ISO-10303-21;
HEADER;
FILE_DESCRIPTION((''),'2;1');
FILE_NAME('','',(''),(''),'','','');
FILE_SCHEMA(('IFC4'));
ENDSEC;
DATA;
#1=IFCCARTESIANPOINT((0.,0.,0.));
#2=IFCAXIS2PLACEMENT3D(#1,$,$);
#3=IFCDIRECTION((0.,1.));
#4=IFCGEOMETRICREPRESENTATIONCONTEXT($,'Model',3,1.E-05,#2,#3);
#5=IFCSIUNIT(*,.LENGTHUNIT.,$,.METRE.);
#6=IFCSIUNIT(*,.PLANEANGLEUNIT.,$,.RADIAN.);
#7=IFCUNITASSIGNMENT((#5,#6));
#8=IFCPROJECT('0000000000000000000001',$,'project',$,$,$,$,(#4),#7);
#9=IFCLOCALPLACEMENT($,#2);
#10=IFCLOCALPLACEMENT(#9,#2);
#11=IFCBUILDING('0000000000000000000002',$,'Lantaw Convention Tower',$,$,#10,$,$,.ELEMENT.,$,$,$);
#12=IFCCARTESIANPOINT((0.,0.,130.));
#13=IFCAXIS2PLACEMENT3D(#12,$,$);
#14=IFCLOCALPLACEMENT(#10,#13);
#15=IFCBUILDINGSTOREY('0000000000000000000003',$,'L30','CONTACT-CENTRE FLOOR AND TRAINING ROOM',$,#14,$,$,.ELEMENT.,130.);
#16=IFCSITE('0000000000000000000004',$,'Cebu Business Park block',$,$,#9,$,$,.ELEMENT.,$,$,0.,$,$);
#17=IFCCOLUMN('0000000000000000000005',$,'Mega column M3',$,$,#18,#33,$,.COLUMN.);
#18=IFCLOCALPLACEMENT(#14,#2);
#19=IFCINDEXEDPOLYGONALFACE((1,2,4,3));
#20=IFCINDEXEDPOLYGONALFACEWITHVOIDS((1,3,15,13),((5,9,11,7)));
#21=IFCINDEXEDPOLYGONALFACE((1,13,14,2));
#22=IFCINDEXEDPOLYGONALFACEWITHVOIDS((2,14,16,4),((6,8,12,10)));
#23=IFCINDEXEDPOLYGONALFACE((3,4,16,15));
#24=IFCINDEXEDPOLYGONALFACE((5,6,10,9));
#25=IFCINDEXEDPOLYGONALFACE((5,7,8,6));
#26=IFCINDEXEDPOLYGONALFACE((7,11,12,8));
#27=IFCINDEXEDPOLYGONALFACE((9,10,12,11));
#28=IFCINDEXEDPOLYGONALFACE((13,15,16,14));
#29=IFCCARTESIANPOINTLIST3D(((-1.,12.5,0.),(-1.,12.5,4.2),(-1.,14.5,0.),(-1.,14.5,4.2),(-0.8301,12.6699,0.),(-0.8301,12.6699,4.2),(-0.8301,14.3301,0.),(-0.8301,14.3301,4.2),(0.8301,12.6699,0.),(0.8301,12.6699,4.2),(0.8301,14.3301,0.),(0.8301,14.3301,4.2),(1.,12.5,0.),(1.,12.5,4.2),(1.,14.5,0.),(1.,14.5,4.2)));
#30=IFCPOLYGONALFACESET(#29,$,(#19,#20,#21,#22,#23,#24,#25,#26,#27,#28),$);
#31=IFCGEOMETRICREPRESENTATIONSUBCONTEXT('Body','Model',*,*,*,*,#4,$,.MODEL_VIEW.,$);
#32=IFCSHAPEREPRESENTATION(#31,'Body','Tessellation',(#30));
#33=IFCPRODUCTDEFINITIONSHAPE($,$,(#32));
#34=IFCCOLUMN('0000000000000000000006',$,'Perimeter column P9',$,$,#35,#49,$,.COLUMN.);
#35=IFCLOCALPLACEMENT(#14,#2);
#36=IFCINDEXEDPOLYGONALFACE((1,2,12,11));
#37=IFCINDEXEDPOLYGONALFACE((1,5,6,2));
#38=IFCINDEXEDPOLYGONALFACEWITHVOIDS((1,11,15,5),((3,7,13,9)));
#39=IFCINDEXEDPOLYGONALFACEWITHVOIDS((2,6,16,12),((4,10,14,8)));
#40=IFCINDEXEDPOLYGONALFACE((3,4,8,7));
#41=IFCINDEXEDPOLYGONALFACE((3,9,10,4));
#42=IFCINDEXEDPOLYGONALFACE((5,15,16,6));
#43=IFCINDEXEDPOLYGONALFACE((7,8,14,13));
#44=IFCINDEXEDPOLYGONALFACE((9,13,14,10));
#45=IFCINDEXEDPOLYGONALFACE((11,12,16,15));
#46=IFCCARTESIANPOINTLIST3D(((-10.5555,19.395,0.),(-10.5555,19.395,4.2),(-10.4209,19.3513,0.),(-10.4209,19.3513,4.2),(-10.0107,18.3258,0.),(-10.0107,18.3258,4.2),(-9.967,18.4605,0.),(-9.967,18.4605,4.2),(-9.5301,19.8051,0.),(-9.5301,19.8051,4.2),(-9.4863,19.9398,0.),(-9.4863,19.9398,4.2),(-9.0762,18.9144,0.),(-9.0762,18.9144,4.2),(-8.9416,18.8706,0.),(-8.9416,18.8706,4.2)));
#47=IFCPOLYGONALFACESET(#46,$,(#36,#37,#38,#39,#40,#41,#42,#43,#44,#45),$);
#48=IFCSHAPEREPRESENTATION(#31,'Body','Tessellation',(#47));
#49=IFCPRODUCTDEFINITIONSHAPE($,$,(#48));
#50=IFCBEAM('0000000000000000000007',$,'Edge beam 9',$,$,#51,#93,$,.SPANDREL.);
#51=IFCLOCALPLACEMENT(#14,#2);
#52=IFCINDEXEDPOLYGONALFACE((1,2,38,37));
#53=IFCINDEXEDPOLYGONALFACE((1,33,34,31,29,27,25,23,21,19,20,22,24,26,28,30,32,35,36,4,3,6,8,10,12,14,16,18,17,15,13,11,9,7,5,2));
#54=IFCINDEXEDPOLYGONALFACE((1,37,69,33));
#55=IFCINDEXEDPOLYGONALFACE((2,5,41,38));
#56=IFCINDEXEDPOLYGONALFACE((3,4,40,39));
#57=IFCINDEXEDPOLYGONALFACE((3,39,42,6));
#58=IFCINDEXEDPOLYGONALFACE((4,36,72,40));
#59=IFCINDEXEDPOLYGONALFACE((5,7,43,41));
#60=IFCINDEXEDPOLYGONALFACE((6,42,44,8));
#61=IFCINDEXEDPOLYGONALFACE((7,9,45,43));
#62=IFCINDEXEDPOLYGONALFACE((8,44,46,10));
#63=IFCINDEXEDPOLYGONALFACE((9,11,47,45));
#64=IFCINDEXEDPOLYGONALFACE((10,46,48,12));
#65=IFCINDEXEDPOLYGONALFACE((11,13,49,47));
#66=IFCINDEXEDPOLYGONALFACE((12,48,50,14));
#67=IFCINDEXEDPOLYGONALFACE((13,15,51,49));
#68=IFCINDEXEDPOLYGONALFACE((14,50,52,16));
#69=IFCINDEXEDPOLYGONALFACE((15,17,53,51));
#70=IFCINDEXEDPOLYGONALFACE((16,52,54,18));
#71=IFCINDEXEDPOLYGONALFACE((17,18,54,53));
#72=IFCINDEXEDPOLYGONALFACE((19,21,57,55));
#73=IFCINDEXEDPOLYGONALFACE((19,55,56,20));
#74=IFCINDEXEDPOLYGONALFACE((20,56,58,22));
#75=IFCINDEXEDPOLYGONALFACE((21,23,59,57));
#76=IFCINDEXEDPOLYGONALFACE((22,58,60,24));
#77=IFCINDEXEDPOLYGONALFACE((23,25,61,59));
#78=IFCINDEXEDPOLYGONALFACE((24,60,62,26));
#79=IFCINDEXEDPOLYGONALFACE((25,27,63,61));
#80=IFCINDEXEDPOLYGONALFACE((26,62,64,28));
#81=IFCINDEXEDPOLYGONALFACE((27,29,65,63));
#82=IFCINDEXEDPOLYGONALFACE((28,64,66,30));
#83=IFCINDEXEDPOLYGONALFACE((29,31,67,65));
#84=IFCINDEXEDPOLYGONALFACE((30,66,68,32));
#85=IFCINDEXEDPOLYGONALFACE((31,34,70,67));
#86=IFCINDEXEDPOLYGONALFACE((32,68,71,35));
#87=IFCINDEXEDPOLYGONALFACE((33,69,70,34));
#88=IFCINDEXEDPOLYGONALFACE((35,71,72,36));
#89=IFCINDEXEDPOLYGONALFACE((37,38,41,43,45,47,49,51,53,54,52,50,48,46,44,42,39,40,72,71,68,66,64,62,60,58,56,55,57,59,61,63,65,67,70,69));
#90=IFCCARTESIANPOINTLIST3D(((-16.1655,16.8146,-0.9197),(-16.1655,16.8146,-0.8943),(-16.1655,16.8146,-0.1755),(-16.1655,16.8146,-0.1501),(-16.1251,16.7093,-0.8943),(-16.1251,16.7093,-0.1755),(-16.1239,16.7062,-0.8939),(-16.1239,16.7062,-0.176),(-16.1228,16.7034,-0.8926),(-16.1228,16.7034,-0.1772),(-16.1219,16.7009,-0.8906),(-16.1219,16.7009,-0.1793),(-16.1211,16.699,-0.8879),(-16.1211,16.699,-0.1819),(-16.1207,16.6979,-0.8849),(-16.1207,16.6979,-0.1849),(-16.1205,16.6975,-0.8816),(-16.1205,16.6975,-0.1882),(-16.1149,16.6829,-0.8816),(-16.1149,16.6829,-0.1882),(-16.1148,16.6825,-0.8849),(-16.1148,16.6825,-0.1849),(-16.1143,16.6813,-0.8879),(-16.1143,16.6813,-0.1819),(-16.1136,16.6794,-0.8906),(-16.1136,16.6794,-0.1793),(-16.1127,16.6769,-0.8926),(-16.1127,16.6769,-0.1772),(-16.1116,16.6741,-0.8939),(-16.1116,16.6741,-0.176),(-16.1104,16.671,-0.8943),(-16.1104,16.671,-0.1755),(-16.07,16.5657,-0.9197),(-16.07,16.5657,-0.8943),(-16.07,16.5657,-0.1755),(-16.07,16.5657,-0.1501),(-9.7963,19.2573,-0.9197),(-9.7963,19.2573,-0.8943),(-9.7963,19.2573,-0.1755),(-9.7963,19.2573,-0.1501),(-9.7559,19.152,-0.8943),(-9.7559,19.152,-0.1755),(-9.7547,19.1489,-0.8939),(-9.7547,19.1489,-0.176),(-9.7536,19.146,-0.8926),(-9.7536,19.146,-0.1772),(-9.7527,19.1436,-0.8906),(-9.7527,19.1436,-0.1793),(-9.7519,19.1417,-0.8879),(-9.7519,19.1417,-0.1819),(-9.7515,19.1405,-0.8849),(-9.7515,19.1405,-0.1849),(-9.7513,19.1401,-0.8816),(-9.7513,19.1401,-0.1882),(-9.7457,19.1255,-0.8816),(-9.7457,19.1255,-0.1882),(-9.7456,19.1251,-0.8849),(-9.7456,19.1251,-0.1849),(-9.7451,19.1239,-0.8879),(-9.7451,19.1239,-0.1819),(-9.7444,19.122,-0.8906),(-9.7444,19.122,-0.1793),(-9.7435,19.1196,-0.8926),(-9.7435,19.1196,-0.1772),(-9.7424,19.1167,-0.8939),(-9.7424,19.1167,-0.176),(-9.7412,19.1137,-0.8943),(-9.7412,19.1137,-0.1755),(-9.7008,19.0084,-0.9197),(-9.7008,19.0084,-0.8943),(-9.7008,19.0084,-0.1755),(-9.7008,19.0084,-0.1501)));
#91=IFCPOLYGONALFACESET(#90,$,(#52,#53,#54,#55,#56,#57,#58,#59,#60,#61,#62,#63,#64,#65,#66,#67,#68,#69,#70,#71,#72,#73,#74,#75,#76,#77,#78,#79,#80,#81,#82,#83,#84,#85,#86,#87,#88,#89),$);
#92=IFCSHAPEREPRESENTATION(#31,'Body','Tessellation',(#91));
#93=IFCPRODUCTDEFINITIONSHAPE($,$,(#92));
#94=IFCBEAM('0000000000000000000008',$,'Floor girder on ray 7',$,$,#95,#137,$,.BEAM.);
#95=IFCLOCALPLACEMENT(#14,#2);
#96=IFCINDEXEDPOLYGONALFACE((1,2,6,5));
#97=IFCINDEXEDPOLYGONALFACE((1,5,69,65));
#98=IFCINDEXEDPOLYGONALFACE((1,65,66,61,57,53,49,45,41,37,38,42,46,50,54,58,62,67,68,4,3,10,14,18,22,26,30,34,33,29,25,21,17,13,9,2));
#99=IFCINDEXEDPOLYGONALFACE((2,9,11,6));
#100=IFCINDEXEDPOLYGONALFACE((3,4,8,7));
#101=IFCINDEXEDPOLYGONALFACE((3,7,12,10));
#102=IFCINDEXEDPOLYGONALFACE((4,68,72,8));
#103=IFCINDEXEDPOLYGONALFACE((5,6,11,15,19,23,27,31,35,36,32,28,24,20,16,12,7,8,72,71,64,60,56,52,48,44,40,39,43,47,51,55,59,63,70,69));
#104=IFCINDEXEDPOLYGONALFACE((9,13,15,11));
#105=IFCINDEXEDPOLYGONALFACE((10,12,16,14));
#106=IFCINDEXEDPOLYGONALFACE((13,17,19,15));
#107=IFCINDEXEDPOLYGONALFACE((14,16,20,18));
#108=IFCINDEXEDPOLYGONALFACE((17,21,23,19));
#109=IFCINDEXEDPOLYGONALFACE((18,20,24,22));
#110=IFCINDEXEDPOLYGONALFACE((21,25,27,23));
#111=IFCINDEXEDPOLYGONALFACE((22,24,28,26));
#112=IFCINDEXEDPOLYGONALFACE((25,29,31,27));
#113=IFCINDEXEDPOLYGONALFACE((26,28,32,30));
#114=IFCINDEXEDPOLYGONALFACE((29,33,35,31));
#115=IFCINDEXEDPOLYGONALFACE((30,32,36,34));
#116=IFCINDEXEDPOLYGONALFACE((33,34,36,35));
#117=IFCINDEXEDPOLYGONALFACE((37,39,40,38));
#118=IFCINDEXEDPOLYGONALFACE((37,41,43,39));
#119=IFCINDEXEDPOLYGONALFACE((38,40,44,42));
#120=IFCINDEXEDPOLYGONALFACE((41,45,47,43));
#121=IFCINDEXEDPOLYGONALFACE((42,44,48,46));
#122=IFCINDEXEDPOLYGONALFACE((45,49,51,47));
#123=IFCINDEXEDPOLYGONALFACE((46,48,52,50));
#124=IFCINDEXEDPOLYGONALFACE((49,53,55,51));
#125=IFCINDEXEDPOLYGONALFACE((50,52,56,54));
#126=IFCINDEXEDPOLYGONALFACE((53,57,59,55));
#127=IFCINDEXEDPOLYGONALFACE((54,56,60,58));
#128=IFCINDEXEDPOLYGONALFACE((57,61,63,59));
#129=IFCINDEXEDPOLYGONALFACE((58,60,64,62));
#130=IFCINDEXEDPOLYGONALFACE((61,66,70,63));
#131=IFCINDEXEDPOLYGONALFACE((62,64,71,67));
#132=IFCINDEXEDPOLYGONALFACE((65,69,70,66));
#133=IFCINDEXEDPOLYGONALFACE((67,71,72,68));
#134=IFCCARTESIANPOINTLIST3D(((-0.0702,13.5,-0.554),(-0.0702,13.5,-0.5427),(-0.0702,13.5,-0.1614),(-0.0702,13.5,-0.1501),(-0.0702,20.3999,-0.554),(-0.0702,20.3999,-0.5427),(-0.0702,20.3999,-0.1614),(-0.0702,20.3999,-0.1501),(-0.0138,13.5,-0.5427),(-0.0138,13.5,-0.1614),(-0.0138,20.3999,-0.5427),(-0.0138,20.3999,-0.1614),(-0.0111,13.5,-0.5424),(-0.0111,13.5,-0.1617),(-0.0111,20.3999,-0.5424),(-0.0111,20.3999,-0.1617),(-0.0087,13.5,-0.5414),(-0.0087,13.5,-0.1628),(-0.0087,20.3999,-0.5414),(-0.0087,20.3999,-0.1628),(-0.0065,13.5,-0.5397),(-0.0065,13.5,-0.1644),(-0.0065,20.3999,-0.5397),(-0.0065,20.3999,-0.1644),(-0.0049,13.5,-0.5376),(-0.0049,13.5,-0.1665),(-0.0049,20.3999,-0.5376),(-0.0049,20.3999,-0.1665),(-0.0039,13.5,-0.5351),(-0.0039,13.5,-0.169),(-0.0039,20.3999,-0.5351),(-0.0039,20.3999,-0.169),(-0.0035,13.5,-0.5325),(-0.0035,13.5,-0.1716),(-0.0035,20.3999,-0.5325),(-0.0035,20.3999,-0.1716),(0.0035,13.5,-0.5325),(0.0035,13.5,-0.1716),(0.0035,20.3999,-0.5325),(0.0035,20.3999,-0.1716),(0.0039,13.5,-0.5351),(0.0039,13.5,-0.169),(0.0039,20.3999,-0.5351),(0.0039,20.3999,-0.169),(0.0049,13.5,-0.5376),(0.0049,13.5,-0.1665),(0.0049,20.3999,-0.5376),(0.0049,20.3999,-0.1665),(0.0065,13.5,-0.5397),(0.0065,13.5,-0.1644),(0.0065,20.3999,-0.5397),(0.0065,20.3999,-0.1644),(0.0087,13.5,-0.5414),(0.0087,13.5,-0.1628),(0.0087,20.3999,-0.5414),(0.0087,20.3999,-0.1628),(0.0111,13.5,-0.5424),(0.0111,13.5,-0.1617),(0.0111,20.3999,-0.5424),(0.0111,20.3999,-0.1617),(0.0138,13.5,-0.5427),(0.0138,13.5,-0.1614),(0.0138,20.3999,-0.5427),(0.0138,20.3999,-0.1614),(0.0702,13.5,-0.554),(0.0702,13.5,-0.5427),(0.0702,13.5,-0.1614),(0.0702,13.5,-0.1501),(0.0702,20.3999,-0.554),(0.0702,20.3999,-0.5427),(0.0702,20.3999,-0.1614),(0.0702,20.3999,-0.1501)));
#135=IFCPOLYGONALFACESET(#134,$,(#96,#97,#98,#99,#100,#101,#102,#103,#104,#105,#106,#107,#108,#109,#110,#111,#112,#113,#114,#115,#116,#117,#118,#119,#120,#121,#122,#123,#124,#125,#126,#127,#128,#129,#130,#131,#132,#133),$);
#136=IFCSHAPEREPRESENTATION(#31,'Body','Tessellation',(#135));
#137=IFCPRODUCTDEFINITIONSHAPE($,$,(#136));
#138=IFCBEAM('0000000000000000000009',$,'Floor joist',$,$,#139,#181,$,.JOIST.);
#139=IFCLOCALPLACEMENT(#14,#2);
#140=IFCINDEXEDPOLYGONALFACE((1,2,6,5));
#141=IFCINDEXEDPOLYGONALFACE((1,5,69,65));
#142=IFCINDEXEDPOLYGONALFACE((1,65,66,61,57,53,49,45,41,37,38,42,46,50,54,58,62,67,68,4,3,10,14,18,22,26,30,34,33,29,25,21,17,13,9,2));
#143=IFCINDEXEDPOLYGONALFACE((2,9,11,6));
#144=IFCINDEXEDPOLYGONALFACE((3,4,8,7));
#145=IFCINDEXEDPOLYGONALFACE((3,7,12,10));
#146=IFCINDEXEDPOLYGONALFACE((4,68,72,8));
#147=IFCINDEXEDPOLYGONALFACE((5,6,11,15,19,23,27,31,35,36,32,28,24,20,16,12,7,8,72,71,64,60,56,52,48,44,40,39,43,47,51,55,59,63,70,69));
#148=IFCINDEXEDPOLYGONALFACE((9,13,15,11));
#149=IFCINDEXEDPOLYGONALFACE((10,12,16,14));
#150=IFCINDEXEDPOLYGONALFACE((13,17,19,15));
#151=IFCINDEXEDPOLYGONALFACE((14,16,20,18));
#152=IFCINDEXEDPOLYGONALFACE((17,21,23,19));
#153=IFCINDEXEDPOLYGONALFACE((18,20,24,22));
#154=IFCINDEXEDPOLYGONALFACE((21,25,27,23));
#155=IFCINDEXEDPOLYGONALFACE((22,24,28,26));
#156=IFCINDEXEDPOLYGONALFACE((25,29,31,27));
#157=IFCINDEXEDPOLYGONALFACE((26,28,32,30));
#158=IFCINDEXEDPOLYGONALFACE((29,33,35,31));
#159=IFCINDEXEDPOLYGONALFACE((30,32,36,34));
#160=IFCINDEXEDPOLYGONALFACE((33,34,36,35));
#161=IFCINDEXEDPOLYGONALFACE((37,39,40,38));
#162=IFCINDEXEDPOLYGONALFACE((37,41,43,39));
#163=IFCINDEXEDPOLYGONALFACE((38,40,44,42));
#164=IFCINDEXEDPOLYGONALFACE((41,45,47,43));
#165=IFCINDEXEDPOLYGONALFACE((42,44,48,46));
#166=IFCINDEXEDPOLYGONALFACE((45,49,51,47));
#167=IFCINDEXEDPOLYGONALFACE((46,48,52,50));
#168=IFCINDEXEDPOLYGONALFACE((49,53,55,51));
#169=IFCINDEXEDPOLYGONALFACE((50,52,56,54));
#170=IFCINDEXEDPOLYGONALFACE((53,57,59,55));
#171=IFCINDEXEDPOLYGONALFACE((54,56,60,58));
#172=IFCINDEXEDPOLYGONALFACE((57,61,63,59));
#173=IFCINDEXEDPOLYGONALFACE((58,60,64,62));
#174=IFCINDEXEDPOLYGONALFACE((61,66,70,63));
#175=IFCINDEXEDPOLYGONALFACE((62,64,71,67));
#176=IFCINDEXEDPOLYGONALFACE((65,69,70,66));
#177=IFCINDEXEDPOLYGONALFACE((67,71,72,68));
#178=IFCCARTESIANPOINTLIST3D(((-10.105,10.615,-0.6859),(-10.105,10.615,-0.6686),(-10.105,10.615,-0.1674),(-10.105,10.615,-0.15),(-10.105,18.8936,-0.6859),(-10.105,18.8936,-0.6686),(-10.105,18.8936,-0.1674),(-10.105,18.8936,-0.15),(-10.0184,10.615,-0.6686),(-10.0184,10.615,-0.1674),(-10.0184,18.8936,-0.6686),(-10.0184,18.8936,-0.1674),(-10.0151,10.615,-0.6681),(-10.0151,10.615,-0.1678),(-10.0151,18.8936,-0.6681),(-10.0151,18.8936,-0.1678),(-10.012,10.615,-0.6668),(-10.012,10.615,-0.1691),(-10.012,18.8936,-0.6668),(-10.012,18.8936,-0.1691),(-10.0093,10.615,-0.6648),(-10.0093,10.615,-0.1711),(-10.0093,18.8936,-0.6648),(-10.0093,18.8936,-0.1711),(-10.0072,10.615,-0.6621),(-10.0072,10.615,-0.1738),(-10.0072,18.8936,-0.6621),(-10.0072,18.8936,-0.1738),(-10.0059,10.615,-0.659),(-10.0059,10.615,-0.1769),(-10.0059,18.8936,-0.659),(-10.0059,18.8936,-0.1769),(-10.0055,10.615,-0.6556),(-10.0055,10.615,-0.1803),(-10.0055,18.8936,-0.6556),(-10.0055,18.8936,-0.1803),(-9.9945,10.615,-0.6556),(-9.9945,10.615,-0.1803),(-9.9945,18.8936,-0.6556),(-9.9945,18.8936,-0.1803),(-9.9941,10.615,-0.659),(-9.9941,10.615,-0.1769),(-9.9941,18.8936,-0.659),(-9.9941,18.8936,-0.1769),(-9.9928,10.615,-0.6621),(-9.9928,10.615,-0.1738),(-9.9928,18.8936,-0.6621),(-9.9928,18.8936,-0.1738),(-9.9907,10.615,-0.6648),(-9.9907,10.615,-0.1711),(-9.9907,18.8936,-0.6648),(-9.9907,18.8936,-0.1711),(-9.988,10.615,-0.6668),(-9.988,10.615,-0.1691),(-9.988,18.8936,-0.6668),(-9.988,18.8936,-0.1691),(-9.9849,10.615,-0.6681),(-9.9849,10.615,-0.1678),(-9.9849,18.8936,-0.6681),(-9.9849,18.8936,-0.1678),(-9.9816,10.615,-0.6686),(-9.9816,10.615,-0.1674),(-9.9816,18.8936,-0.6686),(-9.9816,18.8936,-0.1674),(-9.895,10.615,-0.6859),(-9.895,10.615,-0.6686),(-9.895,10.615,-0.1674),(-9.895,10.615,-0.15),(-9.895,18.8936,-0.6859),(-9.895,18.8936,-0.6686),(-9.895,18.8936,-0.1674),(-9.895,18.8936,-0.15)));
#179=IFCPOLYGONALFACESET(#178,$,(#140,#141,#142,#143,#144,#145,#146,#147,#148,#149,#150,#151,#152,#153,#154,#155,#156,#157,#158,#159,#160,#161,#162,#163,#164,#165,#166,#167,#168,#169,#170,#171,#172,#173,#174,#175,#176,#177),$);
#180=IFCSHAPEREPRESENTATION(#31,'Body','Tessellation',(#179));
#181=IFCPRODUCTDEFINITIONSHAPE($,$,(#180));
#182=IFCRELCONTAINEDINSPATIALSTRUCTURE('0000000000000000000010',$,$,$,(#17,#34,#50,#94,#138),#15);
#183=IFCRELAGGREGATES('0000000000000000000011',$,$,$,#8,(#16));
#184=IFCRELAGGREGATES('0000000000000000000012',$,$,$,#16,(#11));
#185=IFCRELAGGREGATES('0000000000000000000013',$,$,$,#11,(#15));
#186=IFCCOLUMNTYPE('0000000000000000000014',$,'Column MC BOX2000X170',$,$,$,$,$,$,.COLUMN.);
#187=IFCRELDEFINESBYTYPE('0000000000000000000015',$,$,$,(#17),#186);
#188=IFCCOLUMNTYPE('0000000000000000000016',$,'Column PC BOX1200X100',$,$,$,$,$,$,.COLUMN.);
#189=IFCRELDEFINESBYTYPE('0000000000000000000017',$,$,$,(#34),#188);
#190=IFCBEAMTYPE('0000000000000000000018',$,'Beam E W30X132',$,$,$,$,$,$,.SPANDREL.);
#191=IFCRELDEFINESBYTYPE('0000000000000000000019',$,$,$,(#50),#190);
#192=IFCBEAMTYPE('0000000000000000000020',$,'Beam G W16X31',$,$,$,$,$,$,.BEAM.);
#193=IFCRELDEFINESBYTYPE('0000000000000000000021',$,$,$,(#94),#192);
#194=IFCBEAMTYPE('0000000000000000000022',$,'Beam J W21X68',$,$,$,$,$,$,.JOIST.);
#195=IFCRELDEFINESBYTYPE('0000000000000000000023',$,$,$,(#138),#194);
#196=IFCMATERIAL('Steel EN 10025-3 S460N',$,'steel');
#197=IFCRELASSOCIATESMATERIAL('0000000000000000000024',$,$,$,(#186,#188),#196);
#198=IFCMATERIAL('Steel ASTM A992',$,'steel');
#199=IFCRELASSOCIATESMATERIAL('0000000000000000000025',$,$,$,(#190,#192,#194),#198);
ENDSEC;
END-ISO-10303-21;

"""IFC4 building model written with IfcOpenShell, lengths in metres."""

from ifc_helpers import new_model, si_unit, direction, frame, origin, origin_2d, place, context, subcontext, project, spatial, rectangle, hollow_rectangle, i_section, extrude, material, material_profile, profile_set, type_object, element, save


model = new_model("IFC4")

# Units and contexts
model_context = context("Model", 3, precision=1e-05, world=origin(), true_north=direction((0.0, 1.0)))
body_context = subcontext(model_context, "Body", "Model", "MODEL_VIEW")
ifc_project = project(units=[si_unit("LENGTHUNIT", "METRE"), si_unit("PLANEANGLEUNIT", "RADIAN")], contexts=[model_context])

# Site, building, storey
site_placement = place(None, origin())
site = spatial("IfcSite", under=ifc_project, at=site_placement, Name="Cebu Business Park block", CompositionType="ELEMENT", RefElevation=0.0)
building_placement = place(site_placement, origin())
building = spatial("IfcBuilding", under=site, at=building_placement, Name="Lantaw Convention Tower", CompositionType="ELEMENT")
storey_placement = place(building_placement, frame((0.0, 0.0, 130.0)))
storey = spatial("IfcBuildingStorey", under=building, at=storey_placement, Name="L30", Description="CONTACT-CENTRE FLOOR AND TRAINING ROOM", CompositionType="ELEMENT", Elevation=130.0)

# Columns
ifc_material_1 = material(Name="Steel EN 10025-3 S460N", Category="steel")
ifc_material_profile_1 = material_profile(ifc_material_1, hollow_rectangle(XDim=2.0, YDim=2.0, WallThickness=0.1699, at=origin_2d()), Name="BOX2000X170")
ifc_material_2 = material(Name="Concrete C60/75", Category="concrete")
ifc_material_profile_2 = material_profile(ifc_material_2, rectangle(XDim=1.6599, YDim=1.6599, at=origin_2d()), Name="Concrete fill of BOX2000X170")
ifc_profile_set_1 = profile_set([ifc_material_profile_1, ifc_material_profile_2], Name="Steel EN 10025-3 S460N")
column_type_1 = type_object("IfcColumnType", Name="Column MC BOX2000X170", PredefinedType="COLUMN", material=ifc_profile_set_1)
column_1_placement = place(storey_placement, frame((0.0, 13.5, 0.0), z_axis=(0.0, 0.0, 1.0), x_axis=(1.0, 0.0, 0.0)))
element("IfcColumn", 1, at=column_1_placement, inside=storey, type_object=column_type_1, Name="Mega column M3", PredefinedType="COLUMN", context=body_context, shape_type="SweptSolid", body=[
    extrude(hollow_rectangle(XDim=2.0, YDim=2.0, WallThickness=0.1699, at=origin_2d()), origin(), (0.0, 0.0, 1.0), 4.2),
])
ifc_material_profile_3 = material_profile(ifc_material_1, hollow_rectangle(XDim=1.2, YDim=1.2, WallThickness=0.1001, at=origin_2d()), Name="BOX1200X100")
ifc_material_profile_4 = material_profile(ifc_material_2, rectangle(XDim=1.0, YDim=1.0, at=origin_2d()), Name="Concrete fill of BOX1200X100")
ifc_profile_set_2 = profile_set([ifc_material_profile_3, ifc_material_profile_4], Name="Steel EN 10025-3 S460N")
column_type_2 = type_object("IfcColumnType", Name="Column PC BOX1200X100", PredefinedType="COLUMN", material=ifc_profile_set_2)
column_2_placement = place(storey_placement, frame((-9.7485, 19.1328, 0.0), z_axis=(0.0, 0.0, 1.0), x_axis=(0.891007, 0.45399, 0.0)))
element("IfcColumn", 2, at=column_2_placement, inside=storey, type_object=column_type_2, Name="Perimeter column P9", PredefinedType="COLUMN", context=body_context, shape_type="SweptSolid", body=[
    extrude(hollow_rectangle(XDim=1.2, YDim=1.2, WallThickness=0.1001, at=origin_2d()), origin(), (0.0, 0.0, 1.0), 4.2),
])

# Beams
ifc_material_3 = material(Name="Steel ASTM A992", Category="steel")
ifc_material_profile_5 = material_profile(ifc_material_3, i_section(OverallWidth=0.2666, OverallDepth=0.7695, WebThickness=0.0156, FlangeThickness=0.0254, FilletRadius=0.0127, at=origin_2d()), Name="W30X132")
ifc_profile_set_3 = profile_set([ifc_material_profile_5], Name="Steel ASTM A992")
beam_type_1 = type_object("IfcBeamType", Name="Beam E W30X132", PredefinedType="SPANDREL", material=ifc_profile_set_3)
beam_1_placement = place(storey_placement, frame((-9.7485, 19.1328, -0.5349), z_axis=(-0.933691, -0.35808, 0.0), x_axis=(0.35808, -0.933691, 0.0)))
element("IfcBeam", 3, at=beam_1_placement, inside=storey, type_object=beam_type_1, Name="Edge beam 9", PredefinedType="SPANDREL", context=body_context, shape_type="SweptSolid", body=[
    extrude(i_section(OverallWidth=0.2666, OverallDepth=0.7695, WebThickness=0.0156, FlangeThickness=0.0254, FilletRadius=0.0127, at=origin_2d()), origin(), (0.0, 0.0, 1.0), 6.8215),
])
ifc_material_profile_6 = material_profile(ifc_material_3, i_section(OverallWidth=0.1404, OverallDepth=0.4038, WebThickness=0.0071, FlangeThickness=0.0112, FilletRadius=0.0103, at=origin_2d()), Name="W16X31")
ifc_profile_set_4 = profile_set([ifc_material_profile_6], Name="Steel ASTM A992")
beam_type_2 = type_object("IfcBeamType", Name="Beam G W16X31", PredefinedType="BEAM", material=ifc_profile_set_4)
beam_2_placement = place(storey_placement, frame((0.0, 13.5, -0.3521), z_axis=(0.0, 1.0, 0.0), x_axis=(-1.0, 0.0, 0.0)))
element("IfcBeam", 4, at=beam_2_placement, inside=storey, type_object=beam_type_2, Name="Floor girder on ray 7", PredefinedType="BEAM", context=body_context, shape_type="SweptSolid", body=[
    extrude(i_section(OverallWidth=0.1404, OverallDepth=0.4038, WebThickness=0.0071, FlangeThickness=0.0112, FilletRadius=0.0103, at=origin_2d()), origin(), (0.0, 0.0, 1.0), 6.8999),
])
ifc_material_profile_7 = material_profile(ifc_material_3, i_section(OverallWidth=0.21, OverallDepth=0.5359, WebThickness=0.011, FlangeThickness=0.0173, FilletRadius=0.0129, at=origin_2d()), Name="W21X68")
ifc_profile_set_5 = profile_set([ifc_material_profile_7], Name="Steel ASTM A992")
beam_type_3 = type_object("IfcBeamType", Name="Beam J W21X68", PredefinedType="JOIST", material=ifc_profile_set_5)
beam_3_placement = place(storey_placement, frame((-10.0, 10.615, -0.418), z_axis=(0.0, 1.0, 0.0), x_axis=(-1.0, 0.0, 0.0)))
element("IfcBeam", 5, at=beam_3_placement, inside=storey, type_object=beam_type_3, Name="Floor joist", PredefinedType="JOIST", context=body_context, shape_type="SweptSolid", body=[
    extrude(i_section(OverallWidth=0.21, OverallDepth=0.5359, WebThickness=0.011, FlangeThickness=0.0173, FilletRadius=0.0129, at=origin_2d()), origin(), (0.0, 0.0, 1.0), 8.2786),
])

save(model, "model.ifc")
